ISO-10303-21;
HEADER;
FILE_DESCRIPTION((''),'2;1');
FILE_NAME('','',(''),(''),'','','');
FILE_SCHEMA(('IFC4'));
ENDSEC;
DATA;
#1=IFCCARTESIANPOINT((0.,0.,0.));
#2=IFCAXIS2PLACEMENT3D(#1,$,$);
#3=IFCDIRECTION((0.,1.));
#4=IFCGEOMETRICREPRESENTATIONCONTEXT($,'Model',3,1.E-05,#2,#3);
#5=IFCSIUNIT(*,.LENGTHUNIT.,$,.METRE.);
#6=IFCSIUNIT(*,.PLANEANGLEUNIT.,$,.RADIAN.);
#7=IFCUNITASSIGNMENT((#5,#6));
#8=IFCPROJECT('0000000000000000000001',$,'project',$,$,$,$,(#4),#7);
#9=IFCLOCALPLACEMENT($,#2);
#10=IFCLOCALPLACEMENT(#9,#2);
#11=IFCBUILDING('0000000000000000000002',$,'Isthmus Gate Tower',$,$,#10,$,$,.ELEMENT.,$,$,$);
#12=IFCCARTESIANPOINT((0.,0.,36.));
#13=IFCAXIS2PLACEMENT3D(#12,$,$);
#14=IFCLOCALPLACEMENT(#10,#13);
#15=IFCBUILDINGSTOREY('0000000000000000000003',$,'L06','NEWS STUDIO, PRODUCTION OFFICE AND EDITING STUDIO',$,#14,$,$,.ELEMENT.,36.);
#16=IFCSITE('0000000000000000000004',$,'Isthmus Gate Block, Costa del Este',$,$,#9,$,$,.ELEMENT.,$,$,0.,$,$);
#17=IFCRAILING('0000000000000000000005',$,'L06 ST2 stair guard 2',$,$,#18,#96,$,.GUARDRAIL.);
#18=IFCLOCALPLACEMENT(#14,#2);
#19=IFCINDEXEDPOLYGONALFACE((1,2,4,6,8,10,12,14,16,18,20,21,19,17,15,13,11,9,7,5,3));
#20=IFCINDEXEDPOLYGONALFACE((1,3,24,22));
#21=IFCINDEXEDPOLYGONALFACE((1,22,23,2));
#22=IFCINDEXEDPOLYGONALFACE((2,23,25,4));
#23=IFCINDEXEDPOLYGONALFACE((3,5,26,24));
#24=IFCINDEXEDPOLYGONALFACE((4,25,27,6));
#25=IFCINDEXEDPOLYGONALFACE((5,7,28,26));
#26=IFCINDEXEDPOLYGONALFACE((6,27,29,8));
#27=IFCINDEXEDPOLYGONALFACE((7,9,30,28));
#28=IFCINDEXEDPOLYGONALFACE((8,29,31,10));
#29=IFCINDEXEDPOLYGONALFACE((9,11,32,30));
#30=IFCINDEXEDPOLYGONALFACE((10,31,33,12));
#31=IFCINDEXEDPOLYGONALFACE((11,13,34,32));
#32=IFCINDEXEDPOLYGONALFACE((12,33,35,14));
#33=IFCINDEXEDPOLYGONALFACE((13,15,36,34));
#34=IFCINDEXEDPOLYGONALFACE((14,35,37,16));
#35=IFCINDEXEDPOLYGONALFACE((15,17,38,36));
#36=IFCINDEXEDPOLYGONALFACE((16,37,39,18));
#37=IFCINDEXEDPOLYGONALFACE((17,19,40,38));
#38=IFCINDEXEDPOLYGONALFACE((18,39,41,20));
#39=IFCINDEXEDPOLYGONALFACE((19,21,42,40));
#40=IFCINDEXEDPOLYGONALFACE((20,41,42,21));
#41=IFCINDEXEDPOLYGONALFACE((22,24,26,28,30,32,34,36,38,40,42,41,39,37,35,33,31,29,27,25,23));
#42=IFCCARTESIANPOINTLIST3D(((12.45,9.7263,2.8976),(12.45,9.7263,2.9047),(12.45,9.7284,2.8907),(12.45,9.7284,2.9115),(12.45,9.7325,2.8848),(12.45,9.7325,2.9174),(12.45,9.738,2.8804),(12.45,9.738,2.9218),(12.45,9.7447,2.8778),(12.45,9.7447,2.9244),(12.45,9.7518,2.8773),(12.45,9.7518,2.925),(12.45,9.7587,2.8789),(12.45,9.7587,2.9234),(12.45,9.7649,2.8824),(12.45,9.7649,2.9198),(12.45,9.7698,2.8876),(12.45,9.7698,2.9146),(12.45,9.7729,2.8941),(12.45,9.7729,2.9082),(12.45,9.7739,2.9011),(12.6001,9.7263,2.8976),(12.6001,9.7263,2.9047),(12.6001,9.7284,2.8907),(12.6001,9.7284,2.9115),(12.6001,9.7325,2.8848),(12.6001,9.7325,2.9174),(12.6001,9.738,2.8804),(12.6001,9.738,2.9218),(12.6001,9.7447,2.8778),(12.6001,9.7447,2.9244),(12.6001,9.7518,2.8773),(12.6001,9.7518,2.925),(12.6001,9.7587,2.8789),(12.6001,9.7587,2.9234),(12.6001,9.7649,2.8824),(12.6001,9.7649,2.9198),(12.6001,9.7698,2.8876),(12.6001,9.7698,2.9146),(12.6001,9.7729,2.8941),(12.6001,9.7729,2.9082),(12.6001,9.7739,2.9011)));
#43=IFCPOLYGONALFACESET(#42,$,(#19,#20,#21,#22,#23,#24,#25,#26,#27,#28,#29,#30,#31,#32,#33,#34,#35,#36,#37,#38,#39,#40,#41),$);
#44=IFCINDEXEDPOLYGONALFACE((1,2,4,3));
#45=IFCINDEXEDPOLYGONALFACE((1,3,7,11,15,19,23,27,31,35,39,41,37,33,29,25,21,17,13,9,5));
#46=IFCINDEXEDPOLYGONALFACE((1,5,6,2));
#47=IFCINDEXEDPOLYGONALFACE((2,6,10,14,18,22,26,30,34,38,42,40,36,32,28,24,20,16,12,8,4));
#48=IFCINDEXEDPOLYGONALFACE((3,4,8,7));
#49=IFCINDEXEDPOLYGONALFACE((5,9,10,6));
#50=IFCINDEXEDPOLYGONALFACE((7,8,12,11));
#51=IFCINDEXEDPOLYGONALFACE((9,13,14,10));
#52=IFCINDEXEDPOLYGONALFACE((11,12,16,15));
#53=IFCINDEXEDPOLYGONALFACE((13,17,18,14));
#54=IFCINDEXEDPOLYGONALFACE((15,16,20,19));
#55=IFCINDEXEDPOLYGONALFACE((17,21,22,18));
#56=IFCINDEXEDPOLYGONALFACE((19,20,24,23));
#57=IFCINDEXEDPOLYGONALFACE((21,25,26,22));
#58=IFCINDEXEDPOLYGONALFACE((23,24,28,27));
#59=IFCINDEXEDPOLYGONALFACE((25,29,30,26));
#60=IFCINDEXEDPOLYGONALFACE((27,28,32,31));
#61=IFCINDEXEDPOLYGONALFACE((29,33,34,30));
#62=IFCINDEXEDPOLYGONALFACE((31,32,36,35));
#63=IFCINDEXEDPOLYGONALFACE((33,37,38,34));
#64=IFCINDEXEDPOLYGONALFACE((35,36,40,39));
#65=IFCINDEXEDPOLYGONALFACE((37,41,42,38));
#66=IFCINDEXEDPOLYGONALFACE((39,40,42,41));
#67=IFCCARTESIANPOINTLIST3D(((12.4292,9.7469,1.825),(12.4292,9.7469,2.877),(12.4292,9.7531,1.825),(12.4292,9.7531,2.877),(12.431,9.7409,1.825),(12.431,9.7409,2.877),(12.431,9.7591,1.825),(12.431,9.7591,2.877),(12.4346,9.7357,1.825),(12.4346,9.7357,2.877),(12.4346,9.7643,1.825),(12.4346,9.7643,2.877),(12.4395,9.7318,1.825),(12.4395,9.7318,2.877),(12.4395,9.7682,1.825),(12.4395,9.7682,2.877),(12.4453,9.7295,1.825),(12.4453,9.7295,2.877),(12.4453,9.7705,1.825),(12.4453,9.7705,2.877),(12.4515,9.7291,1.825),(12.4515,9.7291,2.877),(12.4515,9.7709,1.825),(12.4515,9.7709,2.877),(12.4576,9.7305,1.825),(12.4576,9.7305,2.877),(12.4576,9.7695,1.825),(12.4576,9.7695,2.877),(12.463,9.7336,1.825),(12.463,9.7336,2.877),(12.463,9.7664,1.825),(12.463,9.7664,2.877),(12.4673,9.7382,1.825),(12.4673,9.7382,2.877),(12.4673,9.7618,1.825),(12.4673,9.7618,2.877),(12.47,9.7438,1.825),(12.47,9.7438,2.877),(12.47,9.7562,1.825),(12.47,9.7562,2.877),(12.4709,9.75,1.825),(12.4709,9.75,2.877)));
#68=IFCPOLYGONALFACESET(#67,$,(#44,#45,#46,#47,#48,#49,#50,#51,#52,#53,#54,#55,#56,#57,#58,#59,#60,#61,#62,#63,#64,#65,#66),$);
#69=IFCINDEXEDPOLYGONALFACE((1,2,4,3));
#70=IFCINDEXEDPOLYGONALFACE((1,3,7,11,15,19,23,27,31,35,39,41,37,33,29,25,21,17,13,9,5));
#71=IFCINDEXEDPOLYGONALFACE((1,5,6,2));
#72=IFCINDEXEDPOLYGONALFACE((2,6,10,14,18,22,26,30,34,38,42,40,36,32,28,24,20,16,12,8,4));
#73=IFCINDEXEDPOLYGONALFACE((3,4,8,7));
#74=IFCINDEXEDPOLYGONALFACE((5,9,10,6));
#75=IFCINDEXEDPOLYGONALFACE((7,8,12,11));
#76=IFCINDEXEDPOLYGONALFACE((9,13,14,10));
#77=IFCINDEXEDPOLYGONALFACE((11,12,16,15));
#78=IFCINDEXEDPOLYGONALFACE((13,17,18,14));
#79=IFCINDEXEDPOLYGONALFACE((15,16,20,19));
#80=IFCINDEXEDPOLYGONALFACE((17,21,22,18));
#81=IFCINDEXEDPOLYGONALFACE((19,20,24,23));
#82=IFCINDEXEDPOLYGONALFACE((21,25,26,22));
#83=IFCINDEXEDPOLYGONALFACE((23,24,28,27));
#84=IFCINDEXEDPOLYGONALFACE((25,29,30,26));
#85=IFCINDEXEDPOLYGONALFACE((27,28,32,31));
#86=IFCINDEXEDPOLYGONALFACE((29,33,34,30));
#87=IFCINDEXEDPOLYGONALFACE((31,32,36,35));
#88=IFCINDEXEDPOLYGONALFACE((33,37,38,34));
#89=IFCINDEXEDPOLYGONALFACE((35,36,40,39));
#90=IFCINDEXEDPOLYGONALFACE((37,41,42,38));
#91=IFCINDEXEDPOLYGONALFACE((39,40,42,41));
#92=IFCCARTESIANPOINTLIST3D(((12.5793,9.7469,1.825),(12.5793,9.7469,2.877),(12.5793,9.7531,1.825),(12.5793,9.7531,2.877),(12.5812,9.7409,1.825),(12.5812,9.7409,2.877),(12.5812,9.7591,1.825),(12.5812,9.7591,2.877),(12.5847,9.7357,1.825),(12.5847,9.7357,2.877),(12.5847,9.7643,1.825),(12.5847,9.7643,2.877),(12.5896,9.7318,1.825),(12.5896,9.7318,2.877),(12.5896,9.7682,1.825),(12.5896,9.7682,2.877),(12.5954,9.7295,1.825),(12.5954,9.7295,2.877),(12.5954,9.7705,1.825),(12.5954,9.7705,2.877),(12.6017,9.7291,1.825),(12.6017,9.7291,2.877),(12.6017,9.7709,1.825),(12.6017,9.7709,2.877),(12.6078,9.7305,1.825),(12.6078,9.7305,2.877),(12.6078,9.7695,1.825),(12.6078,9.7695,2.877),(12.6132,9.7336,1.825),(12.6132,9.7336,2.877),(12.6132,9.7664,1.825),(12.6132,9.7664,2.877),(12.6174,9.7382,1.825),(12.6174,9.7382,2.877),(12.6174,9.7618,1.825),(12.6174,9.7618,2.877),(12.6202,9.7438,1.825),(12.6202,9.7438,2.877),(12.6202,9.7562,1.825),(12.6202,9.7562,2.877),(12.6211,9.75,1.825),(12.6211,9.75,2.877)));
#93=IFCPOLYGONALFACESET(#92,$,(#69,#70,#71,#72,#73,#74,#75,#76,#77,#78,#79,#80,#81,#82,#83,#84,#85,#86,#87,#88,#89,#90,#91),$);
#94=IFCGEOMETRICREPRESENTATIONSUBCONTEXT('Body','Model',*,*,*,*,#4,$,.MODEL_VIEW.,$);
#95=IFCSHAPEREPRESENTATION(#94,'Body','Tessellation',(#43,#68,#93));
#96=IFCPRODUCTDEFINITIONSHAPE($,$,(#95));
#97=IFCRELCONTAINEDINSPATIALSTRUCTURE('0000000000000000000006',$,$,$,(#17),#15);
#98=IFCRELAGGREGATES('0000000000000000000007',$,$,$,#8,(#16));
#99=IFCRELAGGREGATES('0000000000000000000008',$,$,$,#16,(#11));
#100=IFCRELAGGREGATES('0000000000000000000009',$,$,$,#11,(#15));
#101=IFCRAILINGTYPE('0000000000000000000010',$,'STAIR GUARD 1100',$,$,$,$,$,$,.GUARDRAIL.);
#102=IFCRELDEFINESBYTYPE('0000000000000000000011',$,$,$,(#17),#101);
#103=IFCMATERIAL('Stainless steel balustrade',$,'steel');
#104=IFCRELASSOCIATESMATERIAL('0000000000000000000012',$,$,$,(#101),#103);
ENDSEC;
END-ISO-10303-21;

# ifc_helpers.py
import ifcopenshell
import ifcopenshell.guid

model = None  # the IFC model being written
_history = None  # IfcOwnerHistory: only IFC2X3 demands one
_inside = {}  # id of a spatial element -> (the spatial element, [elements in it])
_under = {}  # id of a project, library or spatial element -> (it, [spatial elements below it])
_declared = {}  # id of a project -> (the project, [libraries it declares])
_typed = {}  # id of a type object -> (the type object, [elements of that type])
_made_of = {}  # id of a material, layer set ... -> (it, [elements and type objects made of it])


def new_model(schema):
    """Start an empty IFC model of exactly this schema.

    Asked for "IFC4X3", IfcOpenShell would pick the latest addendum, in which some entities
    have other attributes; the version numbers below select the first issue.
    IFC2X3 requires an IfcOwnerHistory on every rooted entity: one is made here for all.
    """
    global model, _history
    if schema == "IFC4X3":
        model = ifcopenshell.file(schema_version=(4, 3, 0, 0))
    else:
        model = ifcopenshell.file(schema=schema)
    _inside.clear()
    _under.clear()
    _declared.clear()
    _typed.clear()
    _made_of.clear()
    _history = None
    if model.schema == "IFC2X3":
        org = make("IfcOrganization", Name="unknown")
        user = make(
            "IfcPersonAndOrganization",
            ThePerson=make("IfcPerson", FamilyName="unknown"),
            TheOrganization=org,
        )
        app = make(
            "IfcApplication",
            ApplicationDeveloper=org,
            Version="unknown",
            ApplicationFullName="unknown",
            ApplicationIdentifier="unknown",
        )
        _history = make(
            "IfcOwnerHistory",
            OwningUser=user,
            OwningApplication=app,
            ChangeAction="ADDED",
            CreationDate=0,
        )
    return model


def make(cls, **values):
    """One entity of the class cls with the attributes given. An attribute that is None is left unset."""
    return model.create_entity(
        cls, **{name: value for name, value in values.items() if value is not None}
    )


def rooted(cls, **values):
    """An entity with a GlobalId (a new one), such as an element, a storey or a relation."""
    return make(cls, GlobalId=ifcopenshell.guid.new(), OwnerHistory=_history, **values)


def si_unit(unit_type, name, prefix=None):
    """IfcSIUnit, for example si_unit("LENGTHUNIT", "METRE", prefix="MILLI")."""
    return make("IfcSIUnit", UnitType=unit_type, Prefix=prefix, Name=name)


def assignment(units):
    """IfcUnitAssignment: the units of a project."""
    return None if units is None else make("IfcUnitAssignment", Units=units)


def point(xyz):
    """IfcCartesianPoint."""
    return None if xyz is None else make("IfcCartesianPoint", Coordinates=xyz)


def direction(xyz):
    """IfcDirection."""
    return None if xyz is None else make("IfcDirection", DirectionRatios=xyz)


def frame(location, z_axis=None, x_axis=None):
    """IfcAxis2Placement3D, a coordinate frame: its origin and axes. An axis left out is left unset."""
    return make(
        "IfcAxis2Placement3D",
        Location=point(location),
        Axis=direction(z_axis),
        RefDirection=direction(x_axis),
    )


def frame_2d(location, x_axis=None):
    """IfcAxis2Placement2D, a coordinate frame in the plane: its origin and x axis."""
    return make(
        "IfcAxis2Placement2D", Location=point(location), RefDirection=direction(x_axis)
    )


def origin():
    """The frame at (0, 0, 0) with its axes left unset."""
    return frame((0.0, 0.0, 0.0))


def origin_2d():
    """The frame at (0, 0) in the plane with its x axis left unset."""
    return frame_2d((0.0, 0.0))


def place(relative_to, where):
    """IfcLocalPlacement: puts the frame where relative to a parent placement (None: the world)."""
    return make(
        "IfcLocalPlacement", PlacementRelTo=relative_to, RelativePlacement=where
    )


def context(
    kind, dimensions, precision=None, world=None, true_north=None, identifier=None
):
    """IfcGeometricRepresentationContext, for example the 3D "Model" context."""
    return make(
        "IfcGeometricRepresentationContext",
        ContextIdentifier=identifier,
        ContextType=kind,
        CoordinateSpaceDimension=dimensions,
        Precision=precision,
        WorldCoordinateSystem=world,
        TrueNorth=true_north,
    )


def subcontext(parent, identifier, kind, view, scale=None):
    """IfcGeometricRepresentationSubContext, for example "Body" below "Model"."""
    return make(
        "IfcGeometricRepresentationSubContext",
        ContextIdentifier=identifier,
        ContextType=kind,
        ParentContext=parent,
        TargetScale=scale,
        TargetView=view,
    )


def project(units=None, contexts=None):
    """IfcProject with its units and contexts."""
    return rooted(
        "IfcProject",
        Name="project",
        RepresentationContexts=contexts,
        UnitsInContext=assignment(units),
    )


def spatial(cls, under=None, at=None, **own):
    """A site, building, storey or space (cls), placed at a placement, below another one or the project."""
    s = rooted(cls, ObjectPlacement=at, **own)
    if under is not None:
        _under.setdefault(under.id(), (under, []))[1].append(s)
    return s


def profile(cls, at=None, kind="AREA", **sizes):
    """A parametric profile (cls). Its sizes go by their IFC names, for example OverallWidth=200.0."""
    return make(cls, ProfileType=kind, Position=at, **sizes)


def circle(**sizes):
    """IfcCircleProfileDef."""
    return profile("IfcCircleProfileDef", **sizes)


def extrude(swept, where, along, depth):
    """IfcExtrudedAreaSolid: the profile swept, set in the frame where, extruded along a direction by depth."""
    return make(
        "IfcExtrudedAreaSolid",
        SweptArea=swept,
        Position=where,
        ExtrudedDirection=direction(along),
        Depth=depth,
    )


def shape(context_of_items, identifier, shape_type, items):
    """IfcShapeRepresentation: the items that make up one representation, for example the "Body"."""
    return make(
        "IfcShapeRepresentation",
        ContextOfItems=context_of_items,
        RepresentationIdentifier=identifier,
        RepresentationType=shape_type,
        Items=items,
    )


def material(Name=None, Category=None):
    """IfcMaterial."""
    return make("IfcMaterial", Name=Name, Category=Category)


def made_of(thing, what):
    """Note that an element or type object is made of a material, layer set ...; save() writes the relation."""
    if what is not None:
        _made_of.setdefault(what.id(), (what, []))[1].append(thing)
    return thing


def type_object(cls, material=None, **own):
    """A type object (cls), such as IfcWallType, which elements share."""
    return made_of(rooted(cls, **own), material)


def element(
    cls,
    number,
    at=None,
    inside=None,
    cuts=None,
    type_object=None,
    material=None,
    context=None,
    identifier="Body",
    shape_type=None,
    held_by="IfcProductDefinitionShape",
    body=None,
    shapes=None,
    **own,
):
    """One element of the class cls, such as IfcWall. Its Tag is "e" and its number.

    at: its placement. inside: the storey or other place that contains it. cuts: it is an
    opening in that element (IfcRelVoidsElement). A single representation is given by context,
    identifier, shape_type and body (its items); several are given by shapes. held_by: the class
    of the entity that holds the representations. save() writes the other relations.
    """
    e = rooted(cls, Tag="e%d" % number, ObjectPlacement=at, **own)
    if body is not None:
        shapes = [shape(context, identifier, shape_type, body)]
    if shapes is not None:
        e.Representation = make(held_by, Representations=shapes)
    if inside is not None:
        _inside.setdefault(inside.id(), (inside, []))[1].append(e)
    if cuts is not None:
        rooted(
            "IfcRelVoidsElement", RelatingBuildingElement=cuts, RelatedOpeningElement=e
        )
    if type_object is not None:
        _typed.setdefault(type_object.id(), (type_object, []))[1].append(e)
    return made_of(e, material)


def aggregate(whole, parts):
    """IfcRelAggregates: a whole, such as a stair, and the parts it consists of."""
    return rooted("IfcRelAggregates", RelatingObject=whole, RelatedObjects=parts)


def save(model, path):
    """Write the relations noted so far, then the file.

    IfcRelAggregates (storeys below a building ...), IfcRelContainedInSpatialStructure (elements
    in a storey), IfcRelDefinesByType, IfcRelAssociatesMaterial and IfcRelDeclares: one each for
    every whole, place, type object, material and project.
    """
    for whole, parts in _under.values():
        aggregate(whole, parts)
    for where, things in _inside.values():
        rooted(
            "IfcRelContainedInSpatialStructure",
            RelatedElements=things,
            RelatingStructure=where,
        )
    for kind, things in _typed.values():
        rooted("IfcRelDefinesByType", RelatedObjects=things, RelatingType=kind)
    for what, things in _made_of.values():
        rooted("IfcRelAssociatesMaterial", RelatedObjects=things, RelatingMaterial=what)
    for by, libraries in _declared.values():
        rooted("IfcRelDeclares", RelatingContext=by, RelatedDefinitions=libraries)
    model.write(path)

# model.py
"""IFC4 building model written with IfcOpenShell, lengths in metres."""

from ifc_helpers import new_model, si_unit, direction, frame, origin, origin_2d, place, context, subcontext, project, spatial, circle, extrude, material, type_object, element, save


model = new_model("IFC4")

# Units and contexts
model_context = context("Model", 3, precision=1e-05, world=origin(), true_north=direction((0.0, 1.0)))
body_context = subcontext(model_context, "Body", "Model", "MODEL_VIEW")
ifc_project = project(units=[si_unit("LENGTHUNIT", "METRE"), si_unit("PLANEANGLEUNIT", "RADIAN")], contexts=[model_context])

# Site, building, storey
site_placement = place(None, origin())
site = spatial("IfcSite", under=ifc_project, at=site_placement, Name="Isthmus Gate Block, Costa del Este", CompositionType="ELEMENT", RefElevation=0.0)
building_placement = place(site_placement, origin())
building = spatial("IfcBuilding", under=site, at=building_placement, Name="Isthmus Gate Tower", CompositionType="ELEMENT")
storey_placement = place(building_placement, frame((0.0, 0.0, 36.0)))
storey = spatial("IfcBuildingStorey", under=building, at=storey_placement, Name="L06", Description="NEWS STUDIO, PRODUCTION OFFICE AND EDITING STUDIO", CompositionType="ELEMENT", Elevation=36.0)

# Railing
ifc_material_1 = material(Name="Stainless steel balustrade", Category="steel")
railing_type_1 = type_object("IfcRailingType", Name="STAIR GUARD 1100", PredefinedType="GUARDRAIL", material=ifc_material_1)
railing_1_placement = place(storey_placement, frame((12.45, 9.75, 1.825)))
element("IfcRailing", 1, at=railing_1_placement, inside=storey, type_object=railing_type_1, Name="L06 ST2 stair guard 2", PredefinedType="GUARDRAIL", context=body_context, shape_type="SweptSolid", body=[
    extrude(circle(Radius=0.0239, at=origin_2d()), frame((0.0, 0.0, 1.0762), z_axis=(1.0, 0.0, 0.0), x_axis=(0.0, 1.0, 0.0)), (0.0, 0.0, 1.0), 0.1501),
    extrude(circle(Radius=0.021, at=origin_2d()), origin(), (0.0, 0.0, 1.0), 1.052),
    extrude(circle(Radius=0.021, at=origin_2d()), frame((0.1501, 0.0, 0.0)), (0.0, 0.0, 1.0), 1.052),
])

save(model, "model.ifc")
